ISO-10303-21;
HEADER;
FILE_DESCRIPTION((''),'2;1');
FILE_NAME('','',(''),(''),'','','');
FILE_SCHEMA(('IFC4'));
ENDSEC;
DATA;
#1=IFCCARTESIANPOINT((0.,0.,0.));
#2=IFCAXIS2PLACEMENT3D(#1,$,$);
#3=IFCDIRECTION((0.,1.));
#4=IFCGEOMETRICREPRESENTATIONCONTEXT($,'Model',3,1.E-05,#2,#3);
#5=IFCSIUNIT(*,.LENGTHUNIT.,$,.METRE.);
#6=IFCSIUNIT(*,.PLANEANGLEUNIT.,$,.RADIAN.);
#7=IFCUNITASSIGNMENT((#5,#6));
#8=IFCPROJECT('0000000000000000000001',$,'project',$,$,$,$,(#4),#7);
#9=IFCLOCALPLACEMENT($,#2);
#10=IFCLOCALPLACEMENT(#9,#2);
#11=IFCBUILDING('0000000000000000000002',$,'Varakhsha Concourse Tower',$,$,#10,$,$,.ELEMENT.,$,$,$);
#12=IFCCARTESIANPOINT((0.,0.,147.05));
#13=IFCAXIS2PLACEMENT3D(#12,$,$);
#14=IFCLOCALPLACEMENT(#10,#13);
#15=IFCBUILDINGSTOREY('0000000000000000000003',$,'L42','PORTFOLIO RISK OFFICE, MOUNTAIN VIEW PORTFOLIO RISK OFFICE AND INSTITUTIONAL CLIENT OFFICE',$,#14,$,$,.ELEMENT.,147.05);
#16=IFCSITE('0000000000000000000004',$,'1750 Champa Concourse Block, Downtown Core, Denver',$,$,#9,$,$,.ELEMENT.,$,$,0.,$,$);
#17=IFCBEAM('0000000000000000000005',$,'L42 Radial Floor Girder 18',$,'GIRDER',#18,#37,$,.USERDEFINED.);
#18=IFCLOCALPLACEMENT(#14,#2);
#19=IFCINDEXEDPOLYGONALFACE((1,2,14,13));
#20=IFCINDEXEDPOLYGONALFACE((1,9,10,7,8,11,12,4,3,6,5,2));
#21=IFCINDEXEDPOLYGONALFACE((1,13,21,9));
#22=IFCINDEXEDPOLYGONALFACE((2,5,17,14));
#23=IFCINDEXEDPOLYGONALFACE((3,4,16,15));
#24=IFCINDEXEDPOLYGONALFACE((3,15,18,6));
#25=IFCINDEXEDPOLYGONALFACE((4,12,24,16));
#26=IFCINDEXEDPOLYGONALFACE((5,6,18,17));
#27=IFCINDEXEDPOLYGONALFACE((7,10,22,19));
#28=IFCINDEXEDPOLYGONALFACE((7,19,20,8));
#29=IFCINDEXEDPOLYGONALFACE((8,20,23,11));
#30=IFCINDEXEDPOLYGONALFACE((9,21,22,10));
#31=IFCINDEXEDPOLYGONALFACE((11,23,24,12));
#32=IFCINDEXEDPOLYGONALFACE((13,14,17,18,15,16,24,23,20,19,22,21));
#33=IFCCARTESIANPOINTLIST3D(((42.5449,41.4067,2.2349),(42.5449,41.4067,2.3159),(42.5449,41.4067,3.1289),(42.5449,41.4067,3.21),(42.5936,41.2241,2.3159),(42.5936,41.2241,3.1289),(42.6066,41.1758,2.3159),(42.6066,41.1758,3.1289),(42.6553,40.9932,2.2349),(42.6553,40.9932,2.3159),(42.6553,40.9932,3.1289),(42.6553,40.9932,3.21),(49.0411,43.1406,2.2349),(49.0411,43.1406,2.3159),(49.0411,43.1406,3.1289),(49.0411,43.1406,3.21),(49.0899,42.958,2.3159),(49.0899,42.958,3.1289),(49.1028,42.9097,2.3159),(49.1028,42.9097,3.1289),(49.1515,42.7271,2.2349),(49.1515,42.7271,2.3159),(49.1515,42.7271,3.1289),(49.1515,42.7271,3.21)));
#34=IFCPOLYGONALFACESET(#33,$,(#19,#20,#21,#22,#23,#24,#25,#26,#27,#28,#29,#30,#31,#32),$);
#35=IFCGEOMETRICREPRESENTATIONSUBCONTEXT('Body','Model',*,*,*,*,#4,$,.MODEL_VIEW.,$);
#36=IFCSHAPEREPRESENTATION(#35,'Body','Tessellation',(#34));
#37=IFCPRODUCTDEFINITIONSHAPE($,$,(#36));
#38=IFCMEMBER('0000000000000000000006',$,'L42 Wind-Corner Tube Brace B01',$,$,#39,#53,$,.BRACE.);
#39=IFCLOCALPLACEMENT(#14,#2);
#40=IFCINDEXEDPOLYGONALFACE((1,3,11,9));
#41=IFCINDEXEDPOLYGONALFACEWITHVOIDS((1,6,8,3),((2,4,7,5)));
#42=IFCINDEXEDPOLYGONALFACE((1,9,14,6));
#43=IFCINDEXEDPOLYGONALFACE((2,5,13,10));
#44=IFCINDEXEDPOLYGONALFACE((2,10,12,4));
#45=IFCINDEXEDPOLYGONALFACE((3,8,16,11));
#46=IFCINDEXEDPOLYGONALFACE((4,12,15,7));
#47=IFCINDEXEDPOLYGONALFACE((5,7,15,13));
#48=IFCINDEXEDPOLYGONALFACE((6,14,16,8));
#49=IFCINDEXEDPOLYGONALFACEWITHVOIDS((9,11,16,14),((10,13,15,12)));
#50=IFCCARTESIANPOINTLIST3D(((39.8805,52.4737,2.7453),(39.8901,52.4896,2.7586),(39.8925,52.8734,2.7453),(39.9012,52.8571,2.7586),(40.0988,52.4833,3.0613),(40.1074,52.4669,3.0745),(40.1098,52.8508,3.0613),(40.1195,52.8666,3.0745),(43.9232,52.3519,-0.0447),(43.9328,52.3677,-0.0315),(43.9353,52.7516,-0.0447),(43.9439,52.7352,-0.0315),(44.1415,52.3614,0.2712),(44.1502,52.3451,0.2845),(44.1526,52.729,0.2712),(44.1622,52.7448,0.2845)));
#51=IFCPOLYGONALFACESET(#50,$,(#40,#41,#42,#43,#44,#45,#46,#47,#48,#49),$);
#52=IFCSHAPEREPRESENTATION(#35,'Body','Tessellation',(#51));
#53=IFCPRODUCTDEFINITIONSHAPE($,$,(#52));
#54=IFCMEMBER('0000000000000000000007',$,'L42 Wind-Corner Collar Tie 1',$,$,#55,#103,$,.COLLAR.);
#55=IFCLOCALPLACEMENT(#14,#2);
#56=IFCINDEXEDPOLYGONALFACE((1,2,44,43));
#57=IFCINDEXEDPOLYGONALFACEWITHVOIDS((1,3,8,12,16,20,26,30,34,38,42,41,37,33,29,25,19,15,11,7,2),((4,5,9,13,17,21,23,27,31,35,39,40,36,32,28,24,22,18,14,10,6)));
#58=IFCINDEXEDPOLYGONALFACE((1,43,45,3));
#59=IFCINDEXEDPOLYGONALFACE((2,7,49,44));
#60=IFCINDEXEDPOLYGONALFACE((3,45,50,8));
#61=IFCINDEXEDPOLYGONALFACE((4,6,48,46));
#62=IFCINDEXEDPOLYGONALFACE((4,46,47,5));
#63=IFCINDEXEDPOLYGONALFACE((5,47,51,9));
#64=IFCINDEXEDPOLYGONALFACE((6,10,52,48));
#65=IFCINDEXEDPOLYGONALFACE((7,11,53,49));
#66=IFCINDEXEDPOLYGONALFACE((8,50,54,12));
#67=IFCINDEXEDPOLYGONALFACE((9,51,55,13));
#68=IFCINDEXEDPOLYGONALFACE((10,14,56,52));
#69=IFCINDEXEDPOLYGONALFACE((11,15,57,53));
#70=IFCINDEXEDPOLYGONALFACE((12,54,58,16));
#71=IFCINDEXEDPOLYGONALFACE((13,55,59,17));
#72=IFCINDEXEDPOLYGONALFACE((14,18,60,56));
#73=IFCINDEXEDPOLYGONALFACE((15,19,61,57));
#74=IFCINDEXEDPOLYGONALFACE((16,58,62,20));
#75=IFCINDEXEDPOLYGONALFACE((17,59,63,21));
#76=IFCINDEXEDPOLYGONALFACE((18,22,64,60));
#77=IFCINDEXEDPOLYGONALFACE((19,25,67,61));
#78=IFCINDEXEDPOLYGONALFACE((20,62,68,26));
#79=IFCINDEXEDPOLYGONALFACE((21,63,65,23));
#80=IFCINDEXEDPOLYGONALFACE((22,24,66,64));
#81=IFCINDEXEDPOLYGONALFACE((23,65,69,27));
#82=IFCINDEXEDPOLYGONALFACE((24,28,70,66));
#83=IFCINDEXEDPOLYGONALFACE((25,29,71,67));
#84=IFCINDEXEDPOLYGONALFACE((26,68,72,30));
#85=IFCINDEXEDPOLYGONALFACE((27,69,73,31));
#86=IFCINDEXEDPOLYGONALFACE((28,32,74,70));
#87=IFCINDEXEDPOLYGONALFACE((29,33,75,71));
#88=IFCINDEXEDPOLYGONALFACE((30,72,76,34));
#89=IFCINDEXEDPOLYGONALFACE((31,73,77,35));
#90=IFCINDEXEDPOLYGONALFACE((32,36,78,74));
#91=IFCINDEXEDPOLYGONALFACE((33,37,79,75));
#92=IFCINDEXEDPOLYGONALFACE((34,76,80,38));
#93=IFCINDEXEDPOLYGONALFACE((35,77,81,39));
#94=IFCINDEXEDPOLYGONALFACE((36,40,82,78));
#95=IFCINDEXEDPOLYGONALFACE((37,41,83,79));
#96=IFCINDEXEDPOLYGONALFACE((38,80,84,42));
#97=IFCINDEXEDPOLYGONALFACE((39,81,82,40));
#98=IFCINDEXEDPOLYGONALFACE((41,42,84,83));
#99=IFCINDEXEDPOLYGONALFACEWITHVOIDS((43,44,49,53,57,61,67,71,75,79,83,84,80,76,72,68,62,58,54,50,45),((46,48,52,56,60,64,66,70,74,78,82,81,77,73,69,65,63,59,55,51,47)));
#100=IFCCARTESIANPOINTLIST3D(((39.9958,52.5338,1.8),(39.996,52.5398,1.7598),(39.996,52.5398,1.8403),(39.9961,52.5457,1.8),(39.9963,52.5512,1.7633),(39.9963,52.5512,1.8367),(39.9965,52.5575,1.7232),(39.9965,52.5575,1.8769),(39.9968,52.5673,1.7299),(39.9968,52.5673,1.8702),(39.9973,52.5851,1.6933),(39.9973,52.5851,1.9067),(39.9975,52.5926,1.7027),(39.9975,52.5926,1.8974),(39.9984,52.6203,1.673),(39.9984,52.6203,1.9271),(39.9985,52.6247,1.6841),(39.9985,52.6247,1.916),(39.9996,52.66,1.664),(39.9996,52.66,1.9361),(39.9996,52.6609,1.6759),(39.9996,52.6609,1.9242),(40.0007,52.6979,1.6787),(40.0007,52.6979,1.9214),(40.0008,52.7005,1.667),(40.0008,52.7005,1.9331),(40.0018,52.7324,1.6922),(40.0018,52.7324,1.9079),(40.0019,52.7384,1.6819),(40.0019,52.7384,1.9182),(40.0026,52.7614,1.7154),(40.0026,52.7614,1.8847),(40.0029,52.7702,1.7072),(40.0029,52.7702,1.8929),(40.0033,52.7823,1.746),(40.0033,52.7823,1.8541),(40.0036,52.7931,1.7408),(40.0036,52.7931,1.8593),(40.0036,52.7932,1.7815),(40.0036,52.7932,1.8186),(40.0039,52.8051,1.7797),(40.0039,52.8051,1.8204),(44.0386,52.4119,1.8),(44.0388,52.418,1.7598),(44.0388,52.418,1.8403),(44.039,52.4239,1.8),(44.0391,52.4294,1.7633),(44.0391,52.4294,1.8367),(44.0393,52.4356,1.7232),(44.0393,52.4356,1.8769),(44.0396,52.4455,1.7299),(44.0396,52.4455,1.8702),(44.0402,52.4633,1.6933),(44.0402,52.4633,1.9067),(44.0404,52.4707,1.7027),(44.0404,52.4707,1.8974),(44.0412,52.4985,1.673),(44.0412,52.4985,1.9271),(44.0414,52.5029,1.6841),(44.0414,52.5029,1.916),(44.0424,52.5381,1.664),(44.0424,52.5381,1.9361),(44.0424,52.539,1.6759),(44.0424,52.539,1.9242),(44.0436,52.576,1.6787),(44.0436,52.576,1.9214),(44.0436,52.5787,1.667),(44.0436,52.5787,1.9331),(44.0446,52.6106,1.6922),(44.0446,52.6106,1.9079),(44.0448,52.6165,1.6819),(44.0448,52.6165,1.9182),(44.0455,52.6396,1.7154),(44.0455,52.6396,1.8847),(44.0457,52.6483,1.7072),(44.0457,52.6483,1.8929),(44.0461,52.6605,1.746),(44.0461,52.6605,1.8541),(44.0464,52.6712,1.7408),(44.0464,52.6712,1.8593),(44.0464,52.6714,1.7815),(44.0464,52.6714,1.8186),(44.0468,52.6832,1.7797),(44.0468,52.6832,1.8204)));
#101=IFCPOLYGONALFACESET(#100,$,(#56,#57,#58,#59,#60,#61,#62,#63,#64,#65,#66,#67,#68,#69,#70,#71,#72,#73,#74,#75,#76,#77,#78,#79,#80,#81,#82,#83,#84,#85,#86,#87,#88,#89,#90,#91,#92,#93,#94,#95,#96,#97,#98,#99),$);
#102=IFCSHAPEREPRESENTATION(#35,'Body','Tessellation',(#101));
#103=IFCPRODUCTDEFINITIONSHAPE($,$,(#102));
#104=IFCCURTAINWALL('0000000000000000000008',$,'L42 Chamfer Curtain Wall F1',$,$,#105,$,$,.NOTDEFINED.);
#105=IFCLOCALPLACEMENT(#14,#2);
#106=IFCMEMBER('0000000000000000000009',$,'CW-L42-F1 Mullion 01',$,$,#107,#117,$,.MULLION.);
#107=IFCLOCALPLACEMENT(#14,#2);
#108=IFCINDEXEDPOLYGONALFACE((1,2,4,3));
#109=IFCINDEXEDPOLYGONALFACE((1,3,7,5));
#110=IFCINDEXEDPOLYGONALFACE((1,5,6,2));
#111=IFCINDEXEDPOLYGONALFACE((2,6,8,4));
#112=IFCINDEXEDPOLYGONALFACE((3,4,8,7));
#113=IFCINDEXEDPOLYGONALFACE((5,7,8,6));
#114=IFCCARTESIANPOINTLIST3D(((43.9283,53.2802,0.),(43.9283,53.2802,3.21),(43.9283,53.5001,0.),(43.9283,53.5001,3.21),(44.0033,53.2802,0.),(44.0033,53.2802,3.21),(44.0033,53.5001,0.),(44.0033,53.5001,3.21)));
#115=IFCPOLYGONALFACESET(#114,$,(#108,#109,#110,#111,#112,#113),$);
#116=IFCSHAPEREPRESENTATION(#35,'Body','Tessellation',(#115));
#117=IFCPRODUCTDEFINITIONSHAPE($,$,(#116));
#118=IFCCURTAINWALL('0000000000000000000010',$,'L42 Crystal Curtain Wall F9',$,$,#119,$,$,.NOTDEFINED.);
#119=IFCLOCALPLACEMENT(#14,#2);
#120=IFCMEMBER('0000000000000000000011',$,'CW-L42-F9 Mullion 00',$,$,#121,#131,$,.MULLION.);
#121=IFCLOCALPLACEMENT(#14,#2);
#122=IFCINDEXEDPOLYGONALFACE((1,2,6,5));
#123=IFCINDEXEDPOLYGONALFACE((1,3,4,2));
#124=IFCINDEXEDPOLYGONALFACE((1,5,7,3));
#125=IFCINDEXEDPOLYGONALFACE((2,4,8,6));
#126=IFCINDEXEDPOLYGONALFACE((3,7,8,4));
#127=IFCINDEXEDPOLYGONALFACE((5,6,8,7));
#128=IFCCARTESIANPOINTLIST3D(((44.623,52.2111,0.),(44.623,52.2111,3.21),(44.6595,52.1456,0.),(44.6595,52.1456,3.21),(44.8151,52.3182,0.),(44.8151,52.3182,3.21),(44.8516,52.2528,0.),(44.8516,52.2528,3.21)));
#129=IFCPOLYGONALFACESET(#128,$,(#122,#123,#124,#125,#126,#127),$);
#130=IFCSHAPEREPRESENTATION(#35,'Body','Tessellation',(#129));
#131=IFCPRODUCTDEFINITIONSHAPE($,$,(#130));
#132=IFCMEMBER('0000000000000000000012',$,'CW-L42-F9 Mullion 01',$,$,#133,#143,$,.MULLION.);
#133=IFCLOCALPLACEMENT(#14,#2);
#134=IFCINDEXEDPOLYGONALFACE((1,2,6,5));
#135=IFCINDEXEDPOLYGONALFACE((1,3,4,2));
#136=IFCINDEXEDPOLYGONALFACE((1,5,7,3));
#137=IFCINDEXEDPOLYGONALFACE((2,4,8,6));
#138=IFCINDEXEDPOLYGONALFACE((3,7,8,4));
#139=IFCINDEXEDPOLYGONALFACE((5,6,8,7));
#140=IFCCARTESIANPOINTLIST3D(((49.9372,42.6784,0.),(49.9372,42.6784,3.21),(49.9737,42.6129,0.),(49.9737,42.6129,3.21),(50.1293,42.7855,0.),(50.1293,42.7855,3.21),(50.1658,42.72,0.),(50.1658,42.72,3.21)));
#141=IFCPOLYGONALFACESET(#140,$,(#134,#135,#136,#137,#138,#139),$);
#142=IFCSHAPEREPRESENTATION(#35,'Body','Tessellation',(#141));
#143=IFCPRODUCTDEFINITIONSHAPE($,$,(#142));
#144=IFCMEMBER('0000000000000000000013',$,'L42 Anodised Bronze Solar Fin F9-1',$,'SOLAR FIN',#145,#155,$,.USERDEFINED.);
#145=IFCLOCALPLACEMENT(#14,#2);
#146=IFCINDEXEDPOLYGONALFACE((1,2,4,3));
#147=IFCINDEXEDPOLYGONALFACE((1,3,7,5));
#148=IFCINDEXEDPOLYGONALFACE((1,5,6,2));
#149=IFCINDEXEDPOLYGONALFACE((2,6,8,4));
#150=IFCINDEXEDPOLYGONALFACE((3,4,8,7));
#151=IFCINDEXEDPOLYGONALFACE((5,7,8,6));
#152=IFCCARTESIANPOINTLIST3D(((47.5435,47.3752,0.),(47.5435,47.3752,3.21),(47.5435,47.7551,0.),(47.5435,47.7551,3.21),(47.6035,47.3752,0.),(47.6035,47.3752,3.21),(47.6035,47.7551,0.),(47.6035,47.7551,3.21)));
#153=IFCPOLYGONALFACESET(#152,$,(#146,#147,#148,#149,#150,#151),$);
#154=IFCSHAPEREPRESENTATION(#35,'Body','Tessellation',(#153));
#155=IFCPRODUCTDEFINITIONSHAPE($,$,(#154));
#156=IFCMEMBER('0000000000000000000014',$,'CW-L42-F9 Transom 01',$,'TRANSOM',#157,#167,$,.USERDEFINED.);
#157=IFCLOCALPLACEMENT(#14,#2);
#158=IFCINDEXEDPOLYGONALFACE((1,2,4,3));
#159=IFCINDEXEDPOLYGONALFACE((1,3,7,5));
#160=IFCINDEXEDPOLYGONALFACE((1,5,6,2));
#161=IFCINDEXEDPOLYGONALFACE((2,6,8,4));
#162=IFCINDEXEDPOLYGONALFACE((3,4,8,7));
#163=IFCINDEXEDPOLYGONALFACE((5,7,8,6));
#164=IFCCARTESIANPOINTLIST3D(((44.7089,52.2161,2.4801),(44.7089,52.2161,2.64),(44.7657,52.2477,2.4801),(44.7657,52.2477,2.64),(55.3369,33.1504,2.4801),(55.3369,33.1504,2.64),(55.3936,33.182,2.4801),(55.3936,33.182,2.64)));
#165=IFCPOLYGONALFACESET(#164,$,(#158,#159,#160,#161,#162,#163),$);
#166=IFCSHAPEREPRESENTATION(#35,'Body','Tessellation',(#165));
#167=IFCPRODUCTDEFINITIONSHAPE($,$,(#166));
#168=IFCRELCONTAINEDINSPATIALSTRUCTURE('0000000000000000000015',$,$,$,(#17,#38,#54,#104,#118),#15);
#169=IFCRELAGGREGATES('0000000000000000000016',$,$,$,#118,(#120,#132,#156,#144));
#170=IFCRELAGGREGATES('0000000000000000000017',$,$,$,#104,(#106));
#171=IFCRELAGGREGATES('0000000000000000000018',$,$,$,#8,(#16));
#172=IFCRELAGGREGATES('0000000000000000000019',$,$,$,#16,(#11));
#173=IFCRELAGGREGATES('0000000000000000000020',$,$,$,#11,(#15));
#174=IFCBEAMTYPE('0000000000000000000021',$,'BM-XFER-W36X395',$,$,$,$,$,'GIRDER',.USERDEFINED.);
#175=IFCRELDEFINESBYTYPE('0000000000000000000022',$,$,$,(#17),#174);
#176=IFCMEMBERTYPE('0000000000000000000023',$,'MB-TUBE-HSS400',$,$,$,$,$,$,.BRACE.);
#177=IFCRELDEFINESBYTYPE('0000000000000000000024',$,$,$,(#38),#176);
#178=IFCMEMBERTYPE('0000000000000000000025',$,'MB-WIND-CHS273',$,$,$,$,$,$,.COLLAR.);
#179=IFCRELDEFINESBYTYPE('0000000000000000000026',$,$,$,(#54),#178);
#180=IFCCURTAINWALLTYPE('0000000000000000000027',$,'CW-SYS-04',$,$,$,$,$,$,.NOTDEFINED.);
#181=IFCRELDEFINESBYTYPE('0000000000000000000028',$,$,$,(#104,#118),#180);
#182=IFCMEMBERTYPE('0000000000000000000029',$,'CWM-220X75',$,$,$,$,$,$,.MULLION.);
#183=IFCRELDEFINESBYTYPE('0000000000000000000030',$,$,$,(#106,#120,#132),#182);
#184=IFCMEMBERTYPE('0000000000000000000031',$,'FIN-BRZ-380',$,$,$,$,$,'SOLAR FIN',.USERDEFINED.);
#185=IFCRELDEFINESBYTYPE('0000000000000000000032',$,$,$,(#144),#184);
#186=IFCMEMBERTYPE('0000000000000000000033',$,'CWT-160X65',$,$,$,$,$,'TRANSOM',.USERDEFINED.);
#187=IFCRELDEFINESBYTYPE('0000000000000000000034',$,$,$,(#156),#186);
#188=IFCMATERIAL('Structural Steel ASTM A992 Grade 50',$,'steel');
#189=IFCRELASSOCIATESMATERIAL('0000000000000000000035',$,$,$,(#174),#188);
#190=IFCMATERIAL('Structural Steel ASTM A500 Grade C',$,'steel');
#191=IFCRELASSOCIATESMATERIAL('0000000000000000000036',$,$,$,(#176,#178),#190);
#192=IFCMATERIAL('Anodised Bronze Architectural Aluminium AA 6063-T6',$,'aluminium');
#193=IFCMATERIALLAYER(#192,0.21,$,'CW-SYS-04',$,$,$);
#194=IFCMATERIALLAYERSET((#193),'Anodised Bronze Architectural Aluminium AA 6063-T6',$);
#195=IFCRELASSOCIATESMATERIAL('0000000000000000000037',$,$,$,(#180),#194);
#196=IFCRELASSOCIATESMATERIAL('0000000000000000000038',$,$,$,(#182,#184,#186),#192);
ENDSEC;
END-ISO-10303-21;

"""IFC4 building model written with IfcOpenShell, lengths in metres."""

from ifc_helpers import new_model, si_unit, direction, frame, origin, origin_2d, place, context, subcontext, project, spatial, rectangle, hollow_rectangle, hollow_circle, i_section, extrude, source, transform, mapped, material, layer, layer_set, material_profile, profile_set, type_object, type_shapes, element, aggregate, save


model = new_model("IFC4")

# Units and contexts
model_context = context("Model", 3, precision=1e-05, world=origin(), true_north=direction((0.0, 1.0)))
body_context = subcontext(model_context, "Body", "Model", "MODEL_VIEW")
ifc_project = project(units=[si_unit("LENGTHUNIT", "METRE"), si_unit("PLANEANGLEUNIT", "RADIAN")], contexts=[model_context])

# Site, building, storey
site_placement = place(None, origin())
site = spatial("IfcSite", under=ifc_project, at=site_placement, Name="1750 Champa Concourse Block, Downtown Core, Denver", CompositionType="ELEMENT", RefElevation=0.0)
building_placement = place(site_placement, origin())
building = spatial("IfcBuilding", under=site, at=building_placement, Name="Varakhsha Concourse Tower", CompositionType="ELEMENT")
storey_placement = place(building_placement, frame((0.0, 0.0, 147.05)))
storey = spatial("IfcBuildingStorey", under=building, at=storey_placement, Name="L42", Description="PORTFOLIO RISK OFFICE, MOUNTAIN VIEW PORTFOLIO RISK OFFICE AND INSTITUTIONAL CLIENT OFFICE", CompositionType="ELEMENT", Elevation=147.05)

# Shared definitions
ifc_material_1 = material(Name="Structural Steel ASTM A992 Grade 50", Category="steel")

# Beam
ifc_material_profile_1 = material_profile(ifc_material_1, i_section(OverallWidth=0.428, OverallDepth=0.9751, WebThickness=0.05, FlangeThickness=0.0811, at=origin_2d()), Name="W36X395")
ifc_profile_set_1 = profile_set([ifc_material_profile_1], Name="Structural Steel ASTM A992 Grade 50")
beam_type_1 = type_object("IfcBeamType", Name="BM-XFER-W36X395", ElementType="GIRDER", PredefinedType="USERDEFINED", material=ifc_profile_set_1)
beam_1_placement = place(storey_placement, frame((42.6001, 41.2, 2.7224), z_axis=(0.966176, 0.257884, 0.0), x_axis=(-0.257884, 0.966176, 0.0)))
element("IfcBeam", 1, at=beam_1_placement, inside=storey, type_object=beam_type_1, Name="L42 Radial Floor Girder 18", ObjectType="GIRDER", PredefinedType="USERDEFINED", context=body_context, shape_type="SweptSolid", body=[
    extrude(i_section(OverallWidth=0.428, OverallDepth=0.9751, WebThickness=0.05, FlangeThickness=0.0811, at=origin_2d()), origin(), (0.0, 0.0, 1.0), 6.7236),
])

# Members
ifc_material_2 = material(Name="Structural Steel ASTM A500 Grade C", Category="steel")
ifc_material_profile_2 = material_profile(ifc_material_2, hollow_rectangle(XDim=0.3999, YDim=0.3999, WallThickness=0.0161, at=origin_2d()), Name="HSS 400x400x16")
ifc_profile_set_2 = profile_set([ifc_material_profile_2], Name="Structural Steel ASTM A500 Grade C")
member_type_1 = type_object("IfcMemberType", Name="MB-TUBE-HSS400", PredefinedType="BRACE", material=ifc_profile_set_2)
shared_shape_1 = source(origin(), body_context, "Body", "SweptSolid", [
    extrude(hollow_rectangle(XDim=0.3999, YDim=0.3999, WallThickness=0.0161, at=origin_2d()), origin(), (0.0, 0.0, 1.0), 4.9136),
])
type_shapes(member_type_1, [shared_shape_1])
member_1_placement = place(storey_placement, frame((44.0427, 52.5483, 0.1199), z_axis=(-0.822774, 0.024794, 0.567828), x_axis=(-0.030121, -0.999546, 0.0)))
element("IfcMember", 2, at=member_1_placement, inside=storey, type_object=member_type_1, Name="L42 Wind-Corner Tube Brace B01", PredefinedType="BRACE", context=body_context, shape_type="MappedRepresentation", body=[
    mapped(shared_shape_1, transform((0.0, 0.0, 0.0), scale=1.0)),
])
ifc_material_profile_3 = material_profile(ifc_material_2, hollow_circle(Radius=0.1365, WallThickness=0.012, at=origin_2d()), Name="CHS 273x12")
ifc_profile_set_3 = profile_set([ifc_material_profile_3], Name="Structural Steel ASTM A500 Grade C")
member_type_2 = type_object("IfcMemberType", Name="MB-WIND-CHS273", PredefinedType="COLLAR", material=ifc_profile_set_3)
shared_shape_2 = source(origin(), body_context, "Body", "SweptSolid", [
    extrude(hollow_circle(Radius=0.1365, WallThickness=0.012, at=origin_2d()), origin(), (0.0, 0.0, 1.0), 4.0447),
])
type_shapes(member_type_2, [shared_shape_2])
member_2_placement = place(storey_placement, frame((44.0427, 52.5483, 1.8), z_axis=(-0.999546, 0.030121, 0.0), x_axis=(-0.030121, -0.999546, 0.0)))
element("IfcMember", 3, at=member_2_placement, inside=storey, type_object=member_type_2, Name="L42 Wind-Corner Collar Tie 1", PredefinedType="COLLAR", context=body_context, shape_type="MappedRepresentation", body=[
    mapped(shared_shape_2, transform((0.0, 0.0, 0.0), scale=1.0)),
])

# Curtain wall, member
ifc_material_3 = material(Name="Anodised Bronze Architectural Aluminium AA 6063-T6", Category="aluminium")
ifc_layer_1 = layer(ifc_material_3, 0.21, Name="CW-SYS-04")
ifc_layer_set_1 = layer_set([ifc_layer_1], Name="Anodised Bronze Architectural Aluminium AA 6063-T6")
curtain_wall_type = type_object("IfcCurtainWallType", Name="CW-SYS-04", PredefinedType="NOTDEFINED", material=ifc_layer_set_1)
curtain_wall_1_placement = place(storey_placement, origin())
curtain_wall_1 = element("IfcCurtainWall", 4, at=curtain_wall_1_placement, inside=storey, type_object=curtain_wall_type, Name="L42 Chamfer Curtain Wall F1", PredefinedType="NOTDEFINED")
ifc_material_profile_4 = material_profile(ifc_material_3, rectangle(XDim=0.075, YDim=0.22, at=origin_2d()), Name="CWM-220X75")
ifc_profile_set_4 = profile_set([ifc_material_profile_4], Name="Anodised Bronze Architectural Aluminium AA 6063-T6")
member_type_3 = type_object("IfcMemberType", Name="CWM-220X75", PredefinedType="MULLION", material=ifc_profile_set_4)
shared_shape_3 = source(origin(), body_context, "Body", "SweptSolid", [
    extrude(rectangle(XDim=0.075, YDim=0.22, at=origin_2d()), origin(), (0.0, 0.0, 1.0), 3.21),
])
type_shapes(member_type_3, [shared_shape_3])
member_3_placement = place(storey_placement, frame((43.9658, 53.3901, 0.0), z_axis=(0.0, 0.0, 1.0), x_axis=(1.0, 0.0, 0.0)))
member_3 = element("IfcMember", 5, at=member_3_placement, type_object=member_type_3, Name="CW-L42-F1 Mullion 01", PredefinedType="MULLION", context=body_context, shape_type="MappedRepresentation", body=[
    mapped(shared_shape_3, transform((0.0, 0.0, 0.0), scale=1.0)),
])

# Curtain wall, members
curtain_wall_2_placement = place(storey_placement, origin())
curtain_wall_2 = element("IfcCurtainWall", 6, at=curtain_wall_2_placement, inside=storey, type_object=curtain_wall_type, Name="L42 Crystal Curtain Wall F9", PredefinedType="NOTDEFINED")
member_4_placement = place(storey_placement, frame((44.7373, 52.2319, 0.0), z_axis=(0.0, 0.0, 1.0), x_axis=(0.4869, -0.873458, 0.0)))
member_4 = element("IfcMember", 7, at=member_4_placement, type_object=member_type_3, Name="CW-L42-F9 Mullion 00", PredefinedType="MULLION", context=body_context, shape_type="MappedRepresentation", body=[
    mapped(shared_shape_3, transform((0.0, 0.0, 0.0), scale=1.0)),
])
member_5_placement = place(storey_placement, frame((50.0515, 42.6992, 0.0), z_axis=(0.0, 0.0, 1.0), x_axis=(0.4869, -0.873458, 0.0)))
member_5 = element("IfcMember", 8, at=member_5_placement, type_object=member_type_3, Name="CW-L42-F9 Mullion 01", PredefinedType="MULLION", context=body_context, shape_type="MappedRepresentation", body=[
    mapped(shared_shape_3, transform((0.0, 0.0, 0.0), scale=1.0)),
])
ifc_material_profile_5 = material_profile(ifc_material_3, rectangle(XDim=0.0601, YDim=0.3799, at=origin_2d()), Name="FIN-BRZ-380")
ifc_profile_set_5 = profile_set([ifc_material_profile_5], Name="Anodised Bronze Architectural Aluminium AA 6063-T6")
member_type_4 = type_object("IfcMemberType", Name="FIN-BRZ-380", ElementType="SOLAR FIN", PredefinedType="USERDEFINED", material=ifc_profile_set_5)
shared_shape_4 = source(origin(), body_context, "Body", "SweptSolid", [
    extrude(rectangle(XDim=0.0601, YDim=0.3799, at=origin_2d()), origin(), (0.0, 0.0, 1.0), 3.21),
])
type_shapes(member_type_4, [shared_shape_4])
member_6_placement = place(storey_placement, frame((47.5735, 47.5652, 0.0), z_axis=(0.0, 0.0, 1.0), x_axis=(1.0, 0.0, 0.0)))
member_6 = element("IfcMember", 9, at=member_6_placement, type_object=member_type_4, Name="L42 Anodised Bronze Solar Fin F9-1", ObjectType="SOLAR FIN", PredefinedType="USERDEFINED", context=body_context, shape_type="MappedRepresentation", body=[
    mapped(shared_shape_4, transform((0.0, 0.0, 0.0), scale=1.0)),
])
ifc_material_profile_6 = material_profile(ifc_material_3, rectangle(XDim=0.0649, YDim=0.1599, at=origin_2d()), Name="CWT-160X65")
ifc_profile_set_6 = profile_set([ifc_material_profile_6], Name="Anodised Bronze Architectural Aluminium AA 6063-T6")
member_type_5 = type_object("IfcMemberType", Name="CWT-160X65", ElementType="TRANSOM", PredefinedType="USERDEFINED", material=ifc_profile_set_6)
shared_shape_5 = source(origin(), body_context, "Body", "SweptSolid", [
    extrude(rectangle(XDim=0.0649, YDim=0.1599, at=origin_2d()), origin(), (0.0, 0.0, 1.0), 21.8279),
])
type_shapes(member_type_5, [shared_shape_5])
member_7_placement = place(storey_placement, frame((44.7373, 52.2319, 2.5601), z_axis=(0.486899, -0.873458, 0.0), x_axis=(0.873458, 0.486899, 0.0)))
member_7 = element("IfcMember", 10, at=member_7_placement, type_object=member_type_5, Name="CW-L42-F9 Transom 01", ObjectType="TRANSOM", PredefinedType="USERDEFINED", context=body_context, shape_type="MappedRepresentation", body=[
    mapped(shared_shape_5, transform((0.0, 0.0, 0.0), scale=1.0)),
])

aggregate(curtain_wall_2, [member_4, member_5, member_7, member_6])
aggregate(curtain_wall_1, [member_3])

save(model, "model.ifc")
